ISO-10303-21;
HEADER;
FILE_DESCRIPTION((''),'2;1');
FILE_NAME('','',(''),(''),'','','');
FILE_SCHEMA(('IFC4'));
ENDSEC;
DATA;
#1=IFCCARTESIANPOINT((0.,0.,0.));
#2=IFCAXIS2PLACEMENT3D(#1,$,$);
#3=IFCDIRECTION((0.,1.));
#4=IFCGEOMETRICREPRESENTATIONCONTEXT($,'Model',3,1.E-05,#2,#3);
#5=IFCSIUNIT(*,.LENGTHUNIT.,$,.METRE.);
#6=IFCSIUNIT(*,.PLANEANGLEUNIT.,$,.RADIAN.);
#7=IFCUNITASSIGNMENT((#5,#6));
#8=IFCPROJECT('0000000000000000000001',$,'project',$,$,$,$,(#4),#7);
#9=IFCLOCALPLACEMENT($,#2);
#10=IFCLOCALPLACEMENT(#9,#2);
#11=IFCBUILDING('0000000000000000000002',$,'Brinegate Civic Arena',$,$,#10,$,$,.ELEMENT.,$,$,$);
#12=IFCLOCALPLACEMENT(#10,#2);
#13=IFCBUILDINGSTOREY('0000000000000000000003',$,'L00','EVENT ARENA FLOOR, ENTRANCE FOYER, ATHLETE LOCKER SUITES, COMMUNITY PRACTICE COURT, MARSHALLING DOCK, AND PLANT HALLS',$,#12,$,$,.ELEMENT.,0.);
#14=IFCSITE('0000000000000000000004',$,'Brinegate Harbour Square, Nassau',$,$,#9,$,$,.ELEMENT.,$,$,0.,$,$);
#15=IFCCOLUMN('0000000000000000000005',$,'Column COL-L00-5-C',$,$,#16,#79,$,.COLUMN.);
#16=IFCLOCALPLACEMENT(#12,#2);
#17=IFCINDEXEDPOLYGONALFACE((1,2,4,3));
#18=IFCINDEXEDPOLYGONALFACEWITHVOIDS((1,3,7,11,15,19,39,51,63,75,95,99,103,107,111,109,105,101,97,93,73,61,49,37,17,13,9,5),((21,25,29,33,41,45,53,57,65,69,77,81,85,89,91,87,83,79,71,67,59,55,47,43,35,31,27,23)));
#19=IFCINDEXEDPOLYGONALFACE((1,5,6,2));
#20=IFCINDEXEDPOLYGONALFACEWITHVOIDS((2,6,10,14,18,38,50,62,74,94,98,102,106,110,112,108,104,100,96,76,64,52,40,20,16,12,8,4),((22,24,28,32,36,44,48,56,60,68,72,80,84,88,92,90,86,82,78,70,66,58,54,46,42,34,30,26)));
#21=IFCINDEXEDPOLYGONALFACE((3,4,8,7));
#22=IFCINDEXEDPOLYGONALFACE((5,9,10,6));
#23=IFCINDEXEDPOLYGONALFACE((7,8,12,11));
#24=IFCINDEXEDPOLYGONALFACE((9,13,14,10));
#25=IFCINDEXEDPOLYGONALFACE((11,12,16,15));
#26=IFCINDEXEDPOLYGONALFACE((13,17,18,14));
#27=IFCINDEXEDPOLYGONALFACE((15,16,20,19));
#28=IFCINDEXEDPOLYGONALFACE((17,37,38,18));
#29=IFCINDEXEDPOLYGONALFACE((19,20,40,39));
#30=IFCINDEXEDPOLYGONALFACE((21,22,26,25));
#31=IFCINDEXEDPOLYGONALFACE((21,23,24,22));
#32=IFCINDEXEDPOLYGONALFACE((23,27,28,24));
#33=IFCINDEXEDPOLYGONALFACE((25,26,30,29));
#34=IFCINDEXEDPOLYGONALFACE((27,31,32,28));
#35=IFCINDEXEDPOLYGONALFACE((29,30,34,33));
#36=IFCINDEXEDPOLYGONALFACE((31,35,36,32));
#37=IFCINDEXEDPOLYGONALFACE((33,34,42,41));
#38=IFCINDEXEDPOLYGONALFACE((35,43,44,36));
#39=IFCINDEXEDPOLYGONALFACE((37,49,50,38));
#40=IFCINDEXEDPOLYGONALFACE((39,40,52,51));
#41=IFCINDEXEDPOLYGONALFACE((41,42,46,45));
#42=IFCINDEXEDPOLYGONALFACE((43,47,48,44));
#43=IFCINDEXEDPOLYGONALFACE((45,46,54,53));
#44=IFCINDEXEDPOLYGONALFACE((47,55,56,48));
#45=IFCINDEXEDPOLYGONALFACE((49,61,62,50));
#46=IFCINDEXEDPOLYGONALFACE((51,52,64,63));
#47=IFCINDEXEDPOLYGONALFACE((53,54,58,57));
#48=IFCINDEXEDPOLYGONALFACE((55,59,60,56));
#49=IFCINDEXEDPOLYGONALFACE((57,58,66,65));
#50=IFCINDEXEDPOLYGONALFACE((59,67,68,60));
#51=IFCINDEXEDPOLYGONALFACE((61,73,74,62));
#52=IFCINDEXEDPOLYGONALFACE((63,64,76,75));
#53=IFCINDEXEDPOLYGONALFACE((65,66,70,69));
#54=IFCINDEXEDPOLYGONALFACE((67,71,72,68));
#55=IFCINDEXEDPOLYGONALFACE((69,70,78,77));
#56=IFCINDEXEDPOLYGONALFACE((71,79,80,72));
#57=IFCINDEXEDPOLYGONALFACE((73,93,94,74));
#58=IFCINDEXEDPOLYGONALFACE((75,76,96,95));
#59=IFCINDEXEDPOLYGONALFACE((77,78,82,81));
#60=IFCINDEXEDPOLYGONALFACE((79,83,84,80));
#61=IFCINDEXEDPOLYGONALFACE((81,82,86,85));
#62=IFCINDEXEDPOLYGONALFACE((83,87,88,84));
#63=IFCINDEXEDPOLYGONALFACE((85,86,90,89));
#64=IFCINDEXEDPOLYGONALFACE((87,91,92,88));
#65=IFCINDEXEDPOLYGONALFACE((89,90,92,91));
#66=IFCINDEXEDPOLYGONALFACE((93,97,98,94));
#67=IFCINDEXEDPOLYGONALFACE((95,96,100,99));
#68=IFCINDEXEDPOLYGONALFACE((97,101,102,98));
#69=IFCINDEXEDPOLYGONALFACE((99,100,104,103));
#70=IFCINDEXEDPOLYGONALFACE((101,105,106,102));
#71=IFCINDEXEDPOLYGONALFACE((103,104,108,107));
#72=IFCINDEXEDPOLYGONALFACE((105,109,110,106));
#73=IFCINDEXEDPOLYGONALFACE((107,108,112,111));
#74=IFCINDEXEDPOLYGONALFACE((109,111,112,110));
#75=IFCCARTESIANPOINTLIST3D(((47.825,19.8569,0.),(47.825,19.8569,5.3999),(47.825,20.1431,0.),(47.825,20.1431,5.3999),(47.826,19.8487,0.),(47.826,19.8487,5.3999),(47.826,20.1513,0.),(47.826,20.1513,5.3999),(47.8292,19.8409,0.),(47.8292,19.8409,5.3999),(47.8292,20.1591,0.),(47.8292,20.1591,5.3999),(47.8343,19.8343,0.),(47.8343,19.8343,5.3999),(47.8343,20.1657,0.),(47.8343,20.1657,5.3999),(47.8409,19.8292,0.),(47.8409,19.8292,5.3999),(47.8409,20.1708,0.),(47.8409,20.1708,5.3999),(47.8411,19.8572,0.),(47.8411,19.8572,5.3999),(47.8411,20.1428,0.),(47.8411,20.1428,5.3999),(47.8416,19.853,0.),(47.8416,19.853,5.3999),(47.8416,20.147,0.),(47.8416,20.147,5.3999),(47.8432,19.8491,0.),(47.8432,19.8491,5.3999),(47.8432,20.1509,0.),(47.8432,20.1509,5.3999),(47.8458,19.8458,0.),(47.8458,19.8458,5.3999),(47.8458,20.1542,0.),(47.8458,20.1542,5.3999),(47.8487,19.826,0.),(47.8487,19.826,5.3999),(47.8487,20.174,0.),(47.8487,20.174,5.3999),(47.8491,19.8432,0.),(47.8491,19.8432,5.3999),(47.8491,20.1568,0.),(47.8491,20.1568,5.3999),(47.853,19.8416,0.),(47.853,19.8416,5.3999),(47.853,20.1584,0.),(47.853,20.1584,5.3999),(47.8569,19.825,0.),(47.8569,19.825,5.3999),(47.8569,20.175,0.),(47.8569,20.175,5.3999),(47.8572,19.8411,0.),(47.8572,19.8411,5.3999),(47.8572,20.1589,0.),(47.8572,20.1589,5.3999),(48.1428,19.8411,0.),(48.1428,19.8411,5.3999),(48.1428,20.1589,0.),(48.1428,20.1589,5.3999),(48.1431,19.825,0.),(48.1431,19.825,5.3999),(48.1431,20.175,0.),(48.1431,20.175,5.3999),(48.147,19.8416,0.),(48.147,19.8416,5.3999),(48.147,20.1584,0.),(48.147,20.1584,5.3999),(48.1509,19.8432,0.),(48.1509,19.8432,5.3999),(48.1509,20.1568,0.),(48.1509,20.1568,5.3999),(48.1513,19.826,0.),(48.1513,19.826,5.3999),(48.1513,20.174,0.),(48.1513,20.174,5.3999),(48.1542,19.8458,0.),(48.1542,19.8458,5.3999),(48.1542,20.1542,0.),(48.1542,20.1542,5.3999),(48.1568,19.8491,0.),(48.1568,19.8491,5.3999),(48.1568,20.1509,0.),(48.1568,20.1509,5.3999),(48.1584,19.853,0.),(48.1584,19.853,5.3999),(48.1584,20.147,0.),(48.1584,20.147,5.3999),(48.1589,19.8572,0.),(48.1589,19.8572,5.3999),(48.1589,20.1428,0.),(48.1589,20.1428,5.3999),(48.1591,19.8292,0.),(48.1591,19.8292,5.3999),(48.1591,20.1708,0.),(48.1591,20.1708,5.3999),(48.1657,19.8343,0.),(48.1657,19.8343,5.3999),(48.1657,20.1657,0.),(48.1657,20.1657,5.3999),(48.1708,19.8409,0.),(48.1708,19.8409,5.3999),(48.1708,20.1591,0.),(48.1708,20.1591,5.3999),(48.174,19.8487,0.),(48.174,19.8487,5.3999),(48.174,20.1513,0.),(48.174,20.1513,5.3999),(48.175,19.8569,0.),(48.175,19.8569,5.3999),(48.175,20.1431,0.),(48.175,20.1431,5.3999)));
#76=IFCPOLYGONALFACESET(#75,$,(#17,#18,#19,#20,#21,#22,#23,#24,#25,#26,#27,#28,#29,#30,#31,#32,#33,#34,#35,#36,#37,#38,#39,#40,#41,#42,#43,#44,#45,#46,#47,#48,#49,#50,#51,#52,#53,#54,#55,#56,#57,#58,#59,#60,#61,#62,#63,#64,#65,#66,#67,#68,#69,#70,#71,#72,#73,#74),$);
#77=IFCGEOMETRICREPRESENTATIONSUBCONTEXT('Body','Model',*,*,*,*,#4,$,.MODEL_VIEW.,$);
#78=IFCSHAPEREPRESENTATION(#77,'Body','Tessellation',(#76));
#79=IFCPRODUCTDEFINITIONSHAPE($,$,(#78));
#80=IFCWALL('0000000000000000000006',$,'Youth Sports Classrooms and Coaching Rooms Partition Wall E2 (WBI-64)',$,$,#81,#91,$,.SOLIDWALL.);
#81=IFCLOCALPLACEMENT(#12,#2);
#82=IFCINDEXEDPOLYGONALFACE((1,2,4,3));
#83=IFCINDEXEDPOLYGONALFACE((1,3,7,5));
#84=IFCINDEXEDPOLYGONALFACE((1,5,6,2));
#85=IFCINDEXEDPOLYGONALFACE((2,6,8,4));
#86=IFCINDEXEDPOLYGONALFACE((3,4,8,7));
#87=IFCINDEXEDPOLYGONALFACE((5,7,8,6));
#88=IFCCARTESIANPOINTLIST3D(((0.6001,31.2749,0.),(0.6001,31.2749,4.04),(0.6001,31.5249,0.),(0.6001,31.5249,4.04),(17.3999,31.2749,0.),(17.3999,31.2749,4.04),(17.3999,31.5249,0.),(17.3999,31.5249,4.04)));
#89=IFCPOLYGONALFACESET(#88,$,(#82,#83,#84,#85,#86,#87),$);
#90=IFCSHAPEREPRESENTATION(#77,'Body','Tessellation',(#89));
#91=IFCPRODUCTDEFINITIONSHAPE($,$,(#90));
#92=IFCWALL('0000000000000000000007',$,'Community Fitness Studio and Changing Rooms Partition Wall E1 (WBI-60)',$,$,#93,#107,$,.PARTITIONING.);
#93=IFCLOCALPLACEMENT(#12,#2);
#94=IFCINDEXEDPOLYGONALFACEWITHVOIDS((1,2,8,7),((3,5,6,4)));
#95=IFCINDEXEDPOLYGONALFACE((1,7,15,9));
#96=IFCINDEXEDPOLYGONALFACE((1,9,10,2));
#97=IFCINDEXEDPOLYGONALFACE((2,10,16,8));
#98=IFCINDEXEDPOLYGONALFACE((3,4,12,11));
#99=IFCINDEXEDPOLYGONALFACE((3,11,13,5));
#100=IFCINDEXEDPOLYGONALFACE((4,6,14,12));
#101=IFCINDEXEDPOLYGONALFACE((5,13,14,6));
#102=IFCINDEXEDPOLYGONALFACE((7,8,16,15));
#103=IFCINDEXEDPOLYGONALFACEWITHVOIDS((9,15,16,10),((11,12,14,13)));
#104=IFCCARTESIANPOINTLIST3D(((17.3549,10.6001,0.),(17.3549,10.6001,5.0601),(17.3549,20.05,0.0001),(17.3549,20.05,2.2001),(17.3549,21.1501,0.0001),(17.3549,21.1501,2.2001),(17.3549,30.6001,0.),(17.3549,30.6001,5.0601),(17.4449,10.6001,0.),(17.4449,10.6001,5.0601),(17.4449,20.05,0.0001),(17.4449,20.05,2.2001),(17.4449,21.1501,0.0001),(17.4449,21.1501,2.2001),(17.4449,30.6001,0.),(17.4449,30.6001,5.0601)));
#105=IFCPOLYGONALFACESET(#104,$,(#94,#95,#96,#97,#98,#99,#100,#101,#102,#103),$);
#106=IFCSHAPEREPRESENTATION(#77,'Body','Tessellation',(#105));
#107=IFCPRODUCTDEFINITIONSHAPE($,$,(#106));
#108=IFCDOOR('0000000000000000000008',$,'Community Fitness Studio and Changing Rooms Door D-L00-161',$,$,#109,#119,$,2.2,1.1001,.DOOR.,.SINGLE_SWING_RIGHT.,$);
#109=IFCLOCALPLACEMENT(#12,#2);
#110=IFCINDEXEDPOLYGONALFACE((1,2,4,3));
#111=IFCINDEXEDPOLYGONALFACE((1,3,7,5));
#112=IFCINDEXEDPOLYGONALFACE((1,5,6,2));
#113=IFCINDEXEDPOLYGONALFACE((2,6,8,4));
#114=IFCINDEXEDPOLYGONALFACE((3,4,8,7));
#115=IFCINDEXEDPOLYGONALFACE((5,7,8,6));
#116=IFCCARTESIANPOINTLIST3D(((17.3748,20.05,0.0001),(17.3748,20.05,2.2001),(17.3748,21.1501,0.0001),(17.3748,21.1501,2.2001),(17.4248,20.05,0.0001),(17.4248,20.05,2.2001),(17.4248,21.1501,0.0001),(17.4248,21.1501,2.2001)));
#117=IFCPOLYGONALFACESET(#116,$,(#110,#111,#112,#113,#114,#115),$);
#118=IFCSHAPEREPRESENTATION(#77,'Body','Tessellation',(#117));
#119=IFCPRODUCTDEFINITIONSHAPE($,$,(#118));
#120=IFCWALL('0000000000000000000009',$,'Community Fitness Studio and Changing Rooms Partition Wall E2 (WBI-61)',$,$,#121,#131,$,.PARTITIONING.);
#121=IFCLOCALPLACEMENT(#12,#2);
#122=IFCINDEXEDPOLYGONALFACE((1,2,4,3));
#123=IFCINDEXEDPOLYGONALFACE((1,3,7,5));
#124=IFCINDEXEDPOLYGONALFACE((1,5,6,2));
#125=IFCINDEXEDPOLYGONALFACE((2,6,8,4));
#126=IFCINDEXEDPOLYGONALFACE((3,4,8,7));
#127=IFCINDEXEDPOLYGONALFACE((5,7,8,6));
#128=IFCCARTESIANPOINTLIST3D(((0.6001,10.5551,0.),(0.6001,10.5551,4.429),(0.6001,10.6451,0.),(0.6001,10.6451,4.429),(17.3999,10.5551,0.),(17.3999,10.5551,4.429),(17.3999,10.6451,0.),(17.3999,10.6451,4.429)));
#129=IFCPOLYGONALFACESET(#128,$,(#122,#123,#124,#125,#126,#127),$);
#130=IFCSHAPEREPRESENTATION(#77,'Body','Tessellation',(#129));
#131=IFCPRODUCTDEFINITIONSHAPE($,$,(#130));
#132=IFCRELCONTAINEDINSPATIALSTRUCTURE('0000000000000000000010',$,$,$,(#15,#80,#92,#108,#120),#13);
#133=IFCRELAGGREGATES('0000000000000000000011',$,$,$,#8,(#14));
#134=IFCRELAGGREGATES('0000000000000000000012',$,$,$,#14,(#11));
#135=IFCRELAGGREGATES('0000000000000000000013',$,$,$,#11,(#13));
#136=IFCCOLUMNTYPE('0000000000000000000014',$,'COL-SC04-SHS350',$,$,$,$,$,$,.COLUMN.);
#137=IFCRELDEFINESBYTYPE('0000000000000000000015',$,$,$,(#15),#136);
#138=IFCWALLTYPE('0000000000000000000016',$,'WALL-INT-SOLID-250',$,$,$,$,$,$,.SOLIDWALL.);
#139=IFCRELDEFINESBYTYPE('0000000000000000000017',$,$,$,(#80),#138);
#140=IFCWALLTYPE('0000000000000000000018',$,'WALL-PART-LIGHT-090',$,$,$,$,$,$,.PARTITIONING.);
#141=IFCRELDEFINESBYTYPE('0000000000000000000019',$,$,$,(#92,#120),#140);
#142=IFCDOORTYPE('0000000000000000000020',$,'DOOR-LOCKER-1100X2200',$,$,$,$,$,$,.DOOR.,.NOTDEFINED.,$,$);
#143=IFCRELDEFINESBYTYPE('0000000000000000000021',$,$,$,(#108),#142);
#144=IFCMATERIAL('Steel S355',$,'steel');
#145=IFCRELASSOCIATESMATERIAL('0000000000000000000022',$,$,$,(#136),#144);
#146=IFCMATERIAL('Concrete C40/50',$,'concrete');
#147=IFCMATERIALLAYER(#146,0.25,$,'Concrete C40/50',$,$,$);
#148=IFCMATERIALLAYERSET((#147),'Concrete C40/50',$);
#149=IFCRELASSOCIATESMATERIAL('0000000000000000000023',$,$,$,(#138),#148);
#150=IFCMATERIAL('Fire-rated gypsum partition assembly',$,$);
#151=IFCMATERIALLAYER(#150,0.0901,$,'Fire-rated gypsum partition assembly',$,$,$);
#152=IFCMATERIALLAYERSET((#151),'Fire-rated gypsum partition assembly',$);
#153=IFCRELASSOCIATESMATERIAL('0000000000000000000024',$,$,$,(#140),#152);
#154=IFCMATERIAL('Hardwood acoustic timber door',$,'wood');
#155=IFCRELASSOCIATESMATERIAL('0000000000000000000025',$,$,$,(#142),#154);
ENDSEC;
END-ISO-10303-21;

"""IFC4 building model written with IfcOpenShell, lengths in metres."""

from ifc_helpers import new_model, si_unit, direction, frame, frame_2d, origin, origin_2d, place, context, subcontext, project, spatial, rectangle, hollow_rectangle, extrude, material, layer, layer_set, material_profile, profile_set, type_object, element, fill, save


model = new_model("IFC4")

# Units and contexts
model_context = context("Model", 3, precision=1e-05, world=origin(), true_north=direction((0.0, 1.0)))
body_context = subcontext(model_context, "Body", "Model", "MODEL_VIEW")
ifc_project = project(units=[si_unit("LENGTHUNIT", "METRE"), si_unit("PLANEANGLEUNIT", "RADIAN")], contexts=[model_context])

# Site, building, storey
site_placement = place(None, origin())
site = spatial("IfcSite", under=ifc_project, at=site_placement, Name="Brinegate Harbour Square, Nassau", CompositionType="ELEMENT", RefElevation=0.0)
building_placement = place(site_placement, origin())
building = spatial("IfcBuilding", under=site, at=building_placement, Name="Brinegate Civic Arena", CompositionType="ELEMENT")
storey_placement = place(building_placement, origin())
storey = spatial("IfcBuildingStorey", under=building, at=storey_placement, Name="L00", Description="EVENT ARENA FLOOR, ENTRANCE FOYER, ATHLETE LOCKER SUITES, COMMUNITY PRACTICE COURT, MARSHALLING DOCK, AND PLANT HALLS", CompositionType="ELEMENT", Elevation=0.0)

# Shared definitions
ifc_material_1 = material(Name="Concrete C40/50", Category="concrete")

# Column
ifc_material_2 = material(Name="Steel S355", Category="steel")
ifc_material_profile_1 = material_profile(ifc_material_2, hollow_rectangle(XDim=0.3501, YDim=0.3501, WallThickness=0.0161, InnerFilletRadius=0.0161, OuterFilletRadius=0.032, at=origin_2d()), Name="SHS350X16")
ifc_profile_set_1 = profile_set([ifc_material_profile_1], Name="Steel S355")
column_type_1 = type_object("IfcColumnType", Name="COL-SC04-SHS350", PredefinedType="COLUMN", material=ifc_profile_set_1)
for number, where, z_axis, x_axis, name in (
    (1, (48.0, 20.0, 0.0), (0.0, 0.0, 1.0), (1.0, 0.0, 0.0), "Column COL-L00-5-C"),
):
    element("IfcColumn", number, at=place(storey_placement, frame(where, z_axis=z_axis, x_axis=x_axis)), inside=storey, type_object=column_type_1, Name=name, PredefinedType="COLUMN", context=body_context, shape_type="SweptSolid", body=[
        extrude(hollow_rectangle(XDim=0.3501, YDim=0.3501, WallThickness=0.0161, InnerFilletRadius=0.0161, OuterFilletRadius=0.032, at=origin_2d()), origin(), (0.0, 0.0, 1.0), 5.3999),
    ])

# Wall
ifc_layer_1 = layer(ifc_material_1, 0.25, Name="Concrete C40/50")
ifc_layer_set_1 = layer_set([ifc_layer_1], Name="Concrete C40/50")
wall_type_1 = type_object("IfcWallType", Name="WALL-INT-SOLID-250", PredefinedType="SOLIDWALL", material=ifc_layer_set_1)
wall_1_placement = place(storey_placement, frame((17.3999, 31.3999, 0.0), z_axis=(0.0, 0.0, 1.0), x_axis=(-1.0, 0.0, 0.0)))
element("IfcWall", 2, at=wall_1_placement, inside=storey, type_object=wall_type_1, Name="Youth Sports Classrooms and Coaching Rooms Partition Wall E2 (WBI-64)", PredefinedType="SOLIDWALL", context=body_context, shape_type="SweptSolid", body=[
    extrude(rectangle(XDim=16.7998, YDim=0.25, at=frame_2d((8.3999, 0.0))), origin(), (0.0, 0.0, 1.0), 4.04),
])

# Wall, opening, door
ifc_material_3 = material(Name="Fire-rated gypsum partition assembly")
ifc_layer_2 = layer(ifc_material_3, 0.0901, Name="Fire-rated gypsum partition assembly")
ifc_layer_set_2 = layer_set([ifc_layer_2], Name="Fire-rated gypsum partition assembly")
wall_type_2 = type_object("IfcWallType", Name="WALL-PART-LIGHT-090", PredefinedType="PARTITIONING", material=ifc_layer_set_2)
wall_2_placement = place(storey_placement, frame((17.3999, 30.6001, 0.0), z_axis=(0.0, 0.0, 1.0), x_axis=(0.0, -1.0, 0.0)))
wall_2 = element("IfcWall", 3, at=wall_2_placement, inside=storey, type_object=wall_type_2, Name="Community Fitness Studio and Changing Rooms Partition Wall E1 (WBI-60)", PredefinedType="PARTITIONING", context=body_context, shape_type="SweptSolid", body=[
    extrude(rectangle(XDim=20.0, YDim=0.0901, at=frame_2d((10.0, 0.0))), origin(), (0.0, 0.0, 1.0), 5.0601),
])
opening_placement = place(wall_2_placement, frame((9.45, 0.0, 0.0)))
opening = element("IfcOpeningElement", 4, at=opening_placement, cuts=wall_2, PredefinedType="OPENING", context=body_context, shape_type="SweptSolid", body=[
    extrude(rectangle(XDim=1.1001, YDim=2.2, at=frame_2d((0.55, 1.1001))), frame((0.0, 0.0549, 0.0), z_axis=(0.0, -1.0, 0.0), x_axis=(1.0, 0.0, 0.0)), (0.0, 0.0, 1.0), 0.1101),
])
ifc_material_4 = material(Name="Hardwood acoustic timber door", Category="wood")
door_type = type_object("IfcDoorType", Name="DOOR-LOCKER-1100X2200", OperationType="NOTDEFINED", PredefinedType="DOOR", material=ifc_material_4)
door_placement = place(opening_placement, origin())
door = element("IfcDoor", 5, at=door_placement, inside=storey, type_object=door_type, Name="Community Fitness Studio and Changing Rooms Door D-L00-161", OperationType="SINGLE_SWING_RIGHT", OverallHeight=2.2, OverallWidth=1.1001, PredefinedType="DOOR", context=body_context, shape_type="SweptSolid", body=[
    extrude(rectangle(XDim=1.1001, YDim=2.2, at=frame_2d((0.55, 1.1001))), frame((0.0, 0.0249, 0.0), z_axis=(0.0, -1.0, 0.0), x_axis=(1.0, 0.0, 0.0)), (0.0, 0.0, 1.0), 0.05),
])
fill(opening, door)

# Wall
wall_3_placement = place(storey_placement, frame((17.3999, 10.6001, 0.0), z_axis=(0.0, 0.0, 1.0), x_axis=(-1.0, 0.0, 0.0)))
element("IfcWall", 6, at=wall_3_placement, inside=storey, type_object=wall_type_2, Name="Community Fitness Studio and Changing Rooms Partition Wall E2 (WBI-61)", PredefinedType="PARTITIONING", context=body_context, shape_type="SweptSolid", body=[
    extrude(rectangle(XDim=16.7998, YDim=0.0901, at=frame_2d((8.3999, 0.0))), origin(), (0.0, 0.0, 1.0), 4.429),
])

save(model, "model.ifc")
